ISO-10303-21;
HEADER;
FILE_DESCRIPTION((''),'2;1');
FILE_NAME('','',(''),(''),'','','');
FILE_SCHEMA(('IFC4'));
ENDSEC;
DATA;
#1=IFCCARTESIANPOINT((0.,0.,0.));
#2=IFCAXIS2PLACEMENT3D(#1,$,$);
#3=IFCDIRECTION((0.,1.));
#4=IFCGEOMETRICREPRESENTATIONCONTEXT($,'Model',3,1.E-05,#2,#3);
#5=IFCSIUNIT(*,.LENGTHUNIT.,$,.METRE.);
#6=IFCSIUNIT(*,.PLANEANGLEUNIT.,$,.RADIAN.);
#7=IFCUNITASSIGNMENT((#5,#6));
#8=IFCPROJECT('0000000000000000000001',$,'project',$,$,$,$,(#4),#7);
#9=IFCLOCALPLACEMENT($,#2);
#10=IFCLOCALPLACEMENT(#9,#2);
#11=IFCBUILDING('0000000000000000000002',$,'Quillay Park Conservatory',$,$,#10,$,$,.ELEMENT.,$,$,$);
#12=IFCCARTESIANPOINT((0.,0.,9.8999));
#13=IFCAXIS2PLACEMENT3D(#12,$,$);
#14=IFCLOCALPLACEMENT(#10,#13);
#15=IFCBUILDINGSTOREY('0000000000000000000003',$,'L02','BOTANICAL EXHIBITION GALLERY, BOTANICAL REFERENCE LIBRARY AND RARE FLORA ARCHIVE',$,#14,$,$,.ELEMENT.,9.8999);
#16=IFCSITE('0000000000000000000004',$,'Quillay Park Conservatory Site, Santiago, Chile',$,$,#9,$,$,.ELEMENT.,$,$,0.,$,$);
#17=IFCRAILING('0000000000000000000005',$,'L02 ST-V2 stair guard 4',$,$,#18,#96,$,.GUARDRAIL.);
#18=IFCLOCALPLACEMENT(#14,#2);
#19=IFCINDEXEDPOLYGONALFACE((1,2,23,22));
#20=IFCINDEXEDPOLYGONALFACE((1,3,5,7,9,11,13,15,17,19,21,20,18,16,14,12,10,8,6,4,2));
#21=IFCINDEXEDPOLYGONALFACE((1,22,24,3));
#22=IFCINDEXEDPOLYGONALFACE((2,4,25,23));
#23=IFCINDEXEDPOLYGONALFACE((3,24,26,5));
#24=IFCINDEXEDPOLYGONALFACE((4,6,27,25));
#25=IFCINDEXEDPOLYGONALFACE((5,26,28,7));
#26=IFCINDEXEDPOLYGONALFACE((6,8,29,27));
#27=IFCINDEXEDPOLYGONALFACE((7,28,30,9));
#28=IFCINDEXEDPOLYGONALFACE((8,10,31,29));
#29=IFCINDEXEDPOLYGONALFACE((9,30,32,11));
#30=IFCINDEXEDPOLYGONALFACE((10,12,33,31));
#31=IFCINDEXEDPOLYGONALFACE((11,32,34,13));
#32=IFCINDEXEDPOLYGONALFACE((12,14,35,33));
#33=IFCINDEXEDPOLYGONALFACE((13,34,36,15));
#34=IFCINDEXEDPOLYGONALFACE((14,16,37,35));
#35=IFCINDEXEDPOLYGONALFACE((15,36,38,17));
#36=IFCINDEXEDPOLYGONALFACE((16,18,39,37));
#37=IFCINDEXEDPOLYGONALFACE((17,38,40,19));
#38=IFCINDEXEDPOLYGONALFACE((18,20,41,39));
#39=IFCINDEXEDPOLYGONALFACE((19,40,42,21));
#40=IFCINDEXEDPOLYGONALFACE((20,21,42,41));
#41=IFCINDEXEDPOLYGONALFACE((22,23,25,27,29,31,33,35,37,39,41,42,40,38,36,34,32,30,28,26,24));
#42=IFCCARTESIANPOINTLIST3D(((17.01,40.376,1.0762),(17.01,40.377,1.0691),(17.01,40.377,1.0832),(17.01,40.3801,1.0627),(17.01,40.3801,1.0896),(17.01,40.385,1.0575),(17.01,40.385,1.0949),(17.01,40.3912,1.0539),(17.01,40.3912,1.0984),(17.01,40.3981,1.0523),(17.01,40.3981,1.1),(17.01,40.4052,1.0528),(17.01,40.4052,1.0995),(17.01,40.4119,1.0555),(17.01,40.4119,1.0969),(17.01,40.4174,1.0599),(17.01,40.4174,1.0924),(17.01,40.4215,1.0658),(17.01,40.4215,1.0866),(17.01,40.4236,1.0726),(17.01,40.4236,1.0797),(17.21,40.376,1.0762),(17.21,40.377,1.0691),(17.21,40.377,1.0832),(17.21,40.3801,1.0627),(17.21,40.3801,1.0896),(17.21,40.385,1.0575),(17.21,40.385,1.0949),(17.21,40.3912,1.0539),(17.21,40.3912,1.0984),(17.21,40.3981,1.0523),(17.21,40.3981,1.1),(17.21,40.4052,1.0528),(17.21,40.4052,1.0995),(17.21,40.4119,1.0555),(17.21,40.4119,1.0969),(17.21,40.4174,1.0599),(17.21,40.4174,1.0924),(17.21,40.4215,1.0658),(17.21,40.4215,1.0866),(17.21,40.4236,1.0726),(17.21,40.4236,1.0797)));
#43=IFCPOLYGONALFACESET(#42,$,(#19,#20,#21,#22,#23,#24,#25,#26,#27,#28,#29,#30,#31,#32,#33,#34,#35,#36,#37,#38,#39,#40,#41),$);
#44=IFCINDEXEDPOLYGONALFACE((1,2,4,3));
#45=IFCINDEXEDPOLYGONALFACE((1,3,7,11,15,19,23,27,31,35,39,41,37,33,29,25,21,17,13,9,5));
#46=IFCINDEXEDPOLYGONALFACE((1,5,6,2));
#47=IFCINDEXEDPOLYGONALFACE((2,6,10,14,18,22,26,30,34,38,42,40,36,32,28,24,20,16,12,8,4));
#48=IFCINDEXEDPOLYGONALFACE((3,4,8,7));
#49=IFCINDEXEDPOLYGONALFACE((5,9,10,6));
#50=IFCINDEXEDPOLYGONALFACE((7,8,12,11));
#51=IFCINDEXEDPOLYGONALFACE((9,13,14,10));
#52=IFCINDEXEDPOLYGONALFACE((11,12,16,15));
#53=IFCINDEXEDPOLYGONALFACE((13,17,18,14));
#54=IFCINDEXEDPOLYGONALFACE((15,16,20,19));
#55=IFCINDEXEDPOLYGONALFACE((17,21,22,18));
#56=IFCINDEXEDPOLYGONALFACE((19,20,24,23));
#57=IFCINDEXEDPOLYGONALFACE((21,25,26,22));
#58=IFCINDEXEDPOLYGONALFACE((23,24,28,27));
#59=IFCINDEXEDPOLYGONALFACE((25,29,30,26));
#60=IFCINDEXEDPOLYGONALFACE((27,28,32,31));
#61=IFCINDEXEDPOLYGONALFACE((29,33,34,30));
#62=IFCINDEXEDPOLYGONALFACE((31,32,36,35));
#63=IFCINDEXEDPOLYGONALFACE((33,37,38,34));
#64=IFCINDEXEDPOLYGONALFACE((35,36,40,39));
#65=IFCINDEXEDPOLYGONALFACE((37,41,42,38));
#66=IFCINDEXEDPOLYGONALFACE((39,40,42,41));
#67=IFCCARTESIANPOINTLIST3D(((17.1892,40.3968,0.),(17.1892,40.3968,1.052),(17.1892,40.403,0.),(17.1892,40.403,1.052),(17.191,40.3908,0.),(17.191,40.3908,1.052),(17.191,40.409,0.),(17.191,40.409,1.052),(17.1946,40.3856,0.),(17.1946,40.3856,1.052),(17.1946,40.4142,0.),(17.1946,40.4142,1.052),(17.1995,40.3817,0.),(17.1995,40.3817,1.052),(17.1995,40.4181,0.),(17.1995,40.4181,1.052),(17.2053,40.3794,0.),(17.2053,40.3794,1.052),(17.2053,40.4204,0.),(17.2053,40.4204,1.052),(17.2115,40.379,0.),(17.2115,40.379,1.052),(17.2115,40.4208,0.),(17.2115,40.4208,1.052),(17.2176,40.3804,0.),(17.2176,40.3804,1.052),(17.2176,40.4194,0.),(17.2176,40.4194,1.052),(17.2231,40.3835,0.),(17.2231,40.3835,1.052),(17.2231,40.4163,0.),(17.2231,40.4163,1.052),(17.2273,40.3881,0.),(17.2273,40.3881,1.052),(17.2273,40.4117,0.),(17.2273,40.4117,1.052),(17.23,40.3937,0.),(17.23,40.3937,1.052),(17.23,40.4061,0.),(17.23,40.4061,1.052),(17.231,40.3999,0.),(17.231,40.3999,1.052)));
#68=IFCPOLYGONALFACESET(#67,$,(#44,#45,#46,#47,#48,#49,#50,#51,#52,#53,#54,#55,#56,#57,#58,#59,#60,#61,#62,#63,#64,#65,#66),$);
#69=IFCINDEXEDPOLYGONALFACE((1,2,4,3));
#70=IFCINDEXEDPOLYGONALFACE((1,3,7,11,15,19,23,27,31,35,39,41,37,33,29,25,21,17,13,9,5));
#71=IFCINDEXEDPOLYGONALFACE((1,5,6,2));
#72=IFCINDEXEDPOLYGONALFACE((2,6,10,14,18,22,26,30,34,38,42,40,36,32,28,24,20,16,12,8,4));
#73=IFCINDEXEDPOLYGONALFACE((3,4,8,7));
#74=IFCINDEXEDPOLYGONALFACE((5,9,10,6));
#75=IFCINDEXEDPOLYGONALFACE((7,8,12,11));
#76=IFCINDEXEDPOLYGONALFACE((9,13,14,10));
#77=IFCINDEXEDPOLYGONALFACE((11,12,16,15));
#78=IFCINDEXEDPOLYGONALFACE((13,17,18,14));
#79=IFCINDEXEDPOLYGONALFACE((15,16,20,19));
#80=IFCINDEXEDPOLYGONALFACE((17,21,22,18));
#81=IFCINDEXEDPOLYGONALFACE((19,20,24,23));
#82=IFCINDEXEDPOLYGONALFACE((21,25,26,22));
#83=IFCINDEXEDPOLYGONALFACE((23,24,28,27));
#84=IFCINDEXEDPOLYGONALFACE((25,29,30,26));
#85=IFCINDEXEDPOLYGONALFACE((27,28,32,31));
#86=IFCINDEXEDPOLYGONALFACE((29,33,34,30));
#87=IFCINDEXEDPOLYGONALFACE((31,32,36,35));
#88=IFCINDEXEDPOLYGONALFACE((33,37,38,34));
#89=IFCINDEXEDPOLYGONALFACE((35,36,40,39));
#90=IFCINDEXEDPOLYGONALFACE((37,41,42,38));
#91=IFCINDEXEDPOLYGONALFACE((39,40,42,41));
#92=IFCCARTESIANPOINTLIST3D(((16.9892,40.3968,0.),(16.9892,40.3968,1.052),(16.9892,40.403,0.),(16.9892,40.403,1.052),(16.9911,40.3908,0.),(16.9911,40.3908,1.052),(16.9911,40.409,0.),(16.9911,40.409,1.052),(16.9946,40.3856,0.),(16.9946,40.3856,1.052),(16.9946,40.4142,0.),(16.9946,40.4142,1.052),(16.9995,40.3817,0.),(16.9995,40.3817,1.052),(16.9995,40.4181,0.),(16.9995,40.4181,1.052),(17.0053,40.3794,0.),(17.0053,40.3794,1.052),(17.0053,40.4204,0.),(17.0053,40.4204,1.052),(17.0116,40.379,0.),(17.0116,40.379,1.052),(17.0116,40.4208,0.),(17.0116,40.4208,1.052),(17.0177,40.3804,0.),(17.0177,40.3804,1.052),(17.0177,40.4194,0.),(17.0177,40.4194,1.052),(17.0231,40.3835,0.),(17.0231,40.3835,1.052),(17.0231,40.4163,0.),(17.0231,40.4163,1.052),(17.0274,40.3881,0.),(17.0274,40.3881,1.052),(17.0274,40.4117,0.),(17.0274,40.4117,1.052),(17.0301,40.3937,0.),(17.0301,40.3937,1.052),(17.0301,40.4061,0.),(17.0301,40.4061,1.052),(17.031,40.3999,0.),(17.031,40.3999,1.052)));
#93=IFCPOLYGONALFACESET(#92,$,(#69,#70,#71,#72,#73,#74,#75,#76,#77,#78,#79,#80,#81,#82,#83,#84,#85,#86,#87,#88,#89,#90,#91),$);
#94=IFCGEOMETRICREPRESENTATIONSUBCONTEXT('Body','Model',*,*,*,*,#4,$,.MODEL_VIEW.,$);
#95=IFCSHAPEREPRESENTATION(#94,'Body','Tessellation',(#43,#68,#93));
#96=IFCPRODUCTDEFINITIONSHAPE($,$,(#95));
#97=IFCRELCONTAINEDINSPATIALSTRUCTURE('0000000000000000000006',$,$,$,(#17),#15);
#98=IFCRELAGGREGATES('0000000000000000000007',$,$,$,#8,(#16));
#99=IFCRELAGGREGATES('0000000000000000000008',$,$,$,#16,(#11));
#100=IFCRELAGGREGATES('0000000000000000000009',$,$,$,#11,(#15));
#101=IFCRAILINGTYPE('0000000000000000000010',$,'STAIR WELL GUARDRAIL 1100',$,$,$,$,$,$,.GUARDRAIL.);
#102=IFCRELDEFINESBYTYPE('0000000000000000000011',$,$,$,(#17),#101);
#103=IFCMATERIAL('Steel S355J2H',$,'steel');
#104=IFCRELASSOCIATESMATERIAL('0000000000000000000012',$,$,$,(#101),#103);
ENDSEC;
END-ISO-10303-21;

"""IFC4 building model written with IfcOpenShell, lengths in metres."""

from ifc_helpers import new_model, si_unit, direction, frame, origin, origin_2d, place, context, subcontext, project, spatial, circle, extrude, material, type_object, element, save


model = new_model("IFC4")

# Units and contexts
model_context = context("Model", 3, precision=1e-05, world=origin(), true_north=direction((0.0, 1.0)))
body_context = subcontext(model_context, "Body", "Model", "MODEL_VIEW")
ifc_project = project(units=[si_unit("LENGTHUNIT", "METRE"), si_unit("PLANEANGLEUNIT", "RADIAN")], contexts=[model_context])

# Site, building, storey
site_placement = place(None, origin())
site = spatial("IfcSite", under=ifc_project, at=site_placement, Name="Quillay Park Conservatory Site, Santiago, Chile", CompositionType="ELEMENT", RefElevation=0.0)
building_placement = place(site_placement, origin())
building = spatial("IfcBuilding", under=site, at=building_placement, Name="Quillay Park Conservatory", CompositionType="ELEMENT")
storey_placement = place(building_placement, frame((0.0, 0.0, 9.8999)))
storey = spatial("IfcBuildingStorey", under=building, at=storey_placement, Name="L02", Description="BOTANICAL EXHIBITION GALLERY, BOTANICAL REFERENCE LIBRARY AND RARE FLORA ARCHIVE", CompositionType="ELEMENT", Elevation=9.8999)

# Railing
ifc_material_1 = material(Name="Steel S355J2H", Category="steel")
railing_type = type_object("IfcRailingType", Name="STAIR WELL GUARDRAIL 1100", PredefinedType="GUARDRAIL", material=ifc_material_1)
railing_1_placement = place(storey_placement, frame((17.21, 40.3999, 0.0)))
element("IfcRailing", 1, at=railing_1_placement, inside=storey, type_object=railing_type, Name="L02 ST-V2 stair guard 4", PredefinedType="GUARDRAIL", context=body_context, shape_type="SweptSolid", body=[
    extrude(circle(Radius=0.0239, at=origin_2d()), frame((0.0, 0.0, 1.0762), z_axis=(-1.0, 0.0, 0.0), x_axis=(0.0, -1.0, 0.0)), (0.0, 0.0, 1.0), 0.2),
    extrude(circle(Radius=0.021, at=origin_2d()), origin(), (0.0, 0.0, 1.0), 1.052),
    extrude(circle(Radius=0.021, at=origin_2d()), frame((-0.2, 0.0, 0.0)), (0.0, 0.0, 1.0), 1.052),
])

save(model, "model.ifc")
